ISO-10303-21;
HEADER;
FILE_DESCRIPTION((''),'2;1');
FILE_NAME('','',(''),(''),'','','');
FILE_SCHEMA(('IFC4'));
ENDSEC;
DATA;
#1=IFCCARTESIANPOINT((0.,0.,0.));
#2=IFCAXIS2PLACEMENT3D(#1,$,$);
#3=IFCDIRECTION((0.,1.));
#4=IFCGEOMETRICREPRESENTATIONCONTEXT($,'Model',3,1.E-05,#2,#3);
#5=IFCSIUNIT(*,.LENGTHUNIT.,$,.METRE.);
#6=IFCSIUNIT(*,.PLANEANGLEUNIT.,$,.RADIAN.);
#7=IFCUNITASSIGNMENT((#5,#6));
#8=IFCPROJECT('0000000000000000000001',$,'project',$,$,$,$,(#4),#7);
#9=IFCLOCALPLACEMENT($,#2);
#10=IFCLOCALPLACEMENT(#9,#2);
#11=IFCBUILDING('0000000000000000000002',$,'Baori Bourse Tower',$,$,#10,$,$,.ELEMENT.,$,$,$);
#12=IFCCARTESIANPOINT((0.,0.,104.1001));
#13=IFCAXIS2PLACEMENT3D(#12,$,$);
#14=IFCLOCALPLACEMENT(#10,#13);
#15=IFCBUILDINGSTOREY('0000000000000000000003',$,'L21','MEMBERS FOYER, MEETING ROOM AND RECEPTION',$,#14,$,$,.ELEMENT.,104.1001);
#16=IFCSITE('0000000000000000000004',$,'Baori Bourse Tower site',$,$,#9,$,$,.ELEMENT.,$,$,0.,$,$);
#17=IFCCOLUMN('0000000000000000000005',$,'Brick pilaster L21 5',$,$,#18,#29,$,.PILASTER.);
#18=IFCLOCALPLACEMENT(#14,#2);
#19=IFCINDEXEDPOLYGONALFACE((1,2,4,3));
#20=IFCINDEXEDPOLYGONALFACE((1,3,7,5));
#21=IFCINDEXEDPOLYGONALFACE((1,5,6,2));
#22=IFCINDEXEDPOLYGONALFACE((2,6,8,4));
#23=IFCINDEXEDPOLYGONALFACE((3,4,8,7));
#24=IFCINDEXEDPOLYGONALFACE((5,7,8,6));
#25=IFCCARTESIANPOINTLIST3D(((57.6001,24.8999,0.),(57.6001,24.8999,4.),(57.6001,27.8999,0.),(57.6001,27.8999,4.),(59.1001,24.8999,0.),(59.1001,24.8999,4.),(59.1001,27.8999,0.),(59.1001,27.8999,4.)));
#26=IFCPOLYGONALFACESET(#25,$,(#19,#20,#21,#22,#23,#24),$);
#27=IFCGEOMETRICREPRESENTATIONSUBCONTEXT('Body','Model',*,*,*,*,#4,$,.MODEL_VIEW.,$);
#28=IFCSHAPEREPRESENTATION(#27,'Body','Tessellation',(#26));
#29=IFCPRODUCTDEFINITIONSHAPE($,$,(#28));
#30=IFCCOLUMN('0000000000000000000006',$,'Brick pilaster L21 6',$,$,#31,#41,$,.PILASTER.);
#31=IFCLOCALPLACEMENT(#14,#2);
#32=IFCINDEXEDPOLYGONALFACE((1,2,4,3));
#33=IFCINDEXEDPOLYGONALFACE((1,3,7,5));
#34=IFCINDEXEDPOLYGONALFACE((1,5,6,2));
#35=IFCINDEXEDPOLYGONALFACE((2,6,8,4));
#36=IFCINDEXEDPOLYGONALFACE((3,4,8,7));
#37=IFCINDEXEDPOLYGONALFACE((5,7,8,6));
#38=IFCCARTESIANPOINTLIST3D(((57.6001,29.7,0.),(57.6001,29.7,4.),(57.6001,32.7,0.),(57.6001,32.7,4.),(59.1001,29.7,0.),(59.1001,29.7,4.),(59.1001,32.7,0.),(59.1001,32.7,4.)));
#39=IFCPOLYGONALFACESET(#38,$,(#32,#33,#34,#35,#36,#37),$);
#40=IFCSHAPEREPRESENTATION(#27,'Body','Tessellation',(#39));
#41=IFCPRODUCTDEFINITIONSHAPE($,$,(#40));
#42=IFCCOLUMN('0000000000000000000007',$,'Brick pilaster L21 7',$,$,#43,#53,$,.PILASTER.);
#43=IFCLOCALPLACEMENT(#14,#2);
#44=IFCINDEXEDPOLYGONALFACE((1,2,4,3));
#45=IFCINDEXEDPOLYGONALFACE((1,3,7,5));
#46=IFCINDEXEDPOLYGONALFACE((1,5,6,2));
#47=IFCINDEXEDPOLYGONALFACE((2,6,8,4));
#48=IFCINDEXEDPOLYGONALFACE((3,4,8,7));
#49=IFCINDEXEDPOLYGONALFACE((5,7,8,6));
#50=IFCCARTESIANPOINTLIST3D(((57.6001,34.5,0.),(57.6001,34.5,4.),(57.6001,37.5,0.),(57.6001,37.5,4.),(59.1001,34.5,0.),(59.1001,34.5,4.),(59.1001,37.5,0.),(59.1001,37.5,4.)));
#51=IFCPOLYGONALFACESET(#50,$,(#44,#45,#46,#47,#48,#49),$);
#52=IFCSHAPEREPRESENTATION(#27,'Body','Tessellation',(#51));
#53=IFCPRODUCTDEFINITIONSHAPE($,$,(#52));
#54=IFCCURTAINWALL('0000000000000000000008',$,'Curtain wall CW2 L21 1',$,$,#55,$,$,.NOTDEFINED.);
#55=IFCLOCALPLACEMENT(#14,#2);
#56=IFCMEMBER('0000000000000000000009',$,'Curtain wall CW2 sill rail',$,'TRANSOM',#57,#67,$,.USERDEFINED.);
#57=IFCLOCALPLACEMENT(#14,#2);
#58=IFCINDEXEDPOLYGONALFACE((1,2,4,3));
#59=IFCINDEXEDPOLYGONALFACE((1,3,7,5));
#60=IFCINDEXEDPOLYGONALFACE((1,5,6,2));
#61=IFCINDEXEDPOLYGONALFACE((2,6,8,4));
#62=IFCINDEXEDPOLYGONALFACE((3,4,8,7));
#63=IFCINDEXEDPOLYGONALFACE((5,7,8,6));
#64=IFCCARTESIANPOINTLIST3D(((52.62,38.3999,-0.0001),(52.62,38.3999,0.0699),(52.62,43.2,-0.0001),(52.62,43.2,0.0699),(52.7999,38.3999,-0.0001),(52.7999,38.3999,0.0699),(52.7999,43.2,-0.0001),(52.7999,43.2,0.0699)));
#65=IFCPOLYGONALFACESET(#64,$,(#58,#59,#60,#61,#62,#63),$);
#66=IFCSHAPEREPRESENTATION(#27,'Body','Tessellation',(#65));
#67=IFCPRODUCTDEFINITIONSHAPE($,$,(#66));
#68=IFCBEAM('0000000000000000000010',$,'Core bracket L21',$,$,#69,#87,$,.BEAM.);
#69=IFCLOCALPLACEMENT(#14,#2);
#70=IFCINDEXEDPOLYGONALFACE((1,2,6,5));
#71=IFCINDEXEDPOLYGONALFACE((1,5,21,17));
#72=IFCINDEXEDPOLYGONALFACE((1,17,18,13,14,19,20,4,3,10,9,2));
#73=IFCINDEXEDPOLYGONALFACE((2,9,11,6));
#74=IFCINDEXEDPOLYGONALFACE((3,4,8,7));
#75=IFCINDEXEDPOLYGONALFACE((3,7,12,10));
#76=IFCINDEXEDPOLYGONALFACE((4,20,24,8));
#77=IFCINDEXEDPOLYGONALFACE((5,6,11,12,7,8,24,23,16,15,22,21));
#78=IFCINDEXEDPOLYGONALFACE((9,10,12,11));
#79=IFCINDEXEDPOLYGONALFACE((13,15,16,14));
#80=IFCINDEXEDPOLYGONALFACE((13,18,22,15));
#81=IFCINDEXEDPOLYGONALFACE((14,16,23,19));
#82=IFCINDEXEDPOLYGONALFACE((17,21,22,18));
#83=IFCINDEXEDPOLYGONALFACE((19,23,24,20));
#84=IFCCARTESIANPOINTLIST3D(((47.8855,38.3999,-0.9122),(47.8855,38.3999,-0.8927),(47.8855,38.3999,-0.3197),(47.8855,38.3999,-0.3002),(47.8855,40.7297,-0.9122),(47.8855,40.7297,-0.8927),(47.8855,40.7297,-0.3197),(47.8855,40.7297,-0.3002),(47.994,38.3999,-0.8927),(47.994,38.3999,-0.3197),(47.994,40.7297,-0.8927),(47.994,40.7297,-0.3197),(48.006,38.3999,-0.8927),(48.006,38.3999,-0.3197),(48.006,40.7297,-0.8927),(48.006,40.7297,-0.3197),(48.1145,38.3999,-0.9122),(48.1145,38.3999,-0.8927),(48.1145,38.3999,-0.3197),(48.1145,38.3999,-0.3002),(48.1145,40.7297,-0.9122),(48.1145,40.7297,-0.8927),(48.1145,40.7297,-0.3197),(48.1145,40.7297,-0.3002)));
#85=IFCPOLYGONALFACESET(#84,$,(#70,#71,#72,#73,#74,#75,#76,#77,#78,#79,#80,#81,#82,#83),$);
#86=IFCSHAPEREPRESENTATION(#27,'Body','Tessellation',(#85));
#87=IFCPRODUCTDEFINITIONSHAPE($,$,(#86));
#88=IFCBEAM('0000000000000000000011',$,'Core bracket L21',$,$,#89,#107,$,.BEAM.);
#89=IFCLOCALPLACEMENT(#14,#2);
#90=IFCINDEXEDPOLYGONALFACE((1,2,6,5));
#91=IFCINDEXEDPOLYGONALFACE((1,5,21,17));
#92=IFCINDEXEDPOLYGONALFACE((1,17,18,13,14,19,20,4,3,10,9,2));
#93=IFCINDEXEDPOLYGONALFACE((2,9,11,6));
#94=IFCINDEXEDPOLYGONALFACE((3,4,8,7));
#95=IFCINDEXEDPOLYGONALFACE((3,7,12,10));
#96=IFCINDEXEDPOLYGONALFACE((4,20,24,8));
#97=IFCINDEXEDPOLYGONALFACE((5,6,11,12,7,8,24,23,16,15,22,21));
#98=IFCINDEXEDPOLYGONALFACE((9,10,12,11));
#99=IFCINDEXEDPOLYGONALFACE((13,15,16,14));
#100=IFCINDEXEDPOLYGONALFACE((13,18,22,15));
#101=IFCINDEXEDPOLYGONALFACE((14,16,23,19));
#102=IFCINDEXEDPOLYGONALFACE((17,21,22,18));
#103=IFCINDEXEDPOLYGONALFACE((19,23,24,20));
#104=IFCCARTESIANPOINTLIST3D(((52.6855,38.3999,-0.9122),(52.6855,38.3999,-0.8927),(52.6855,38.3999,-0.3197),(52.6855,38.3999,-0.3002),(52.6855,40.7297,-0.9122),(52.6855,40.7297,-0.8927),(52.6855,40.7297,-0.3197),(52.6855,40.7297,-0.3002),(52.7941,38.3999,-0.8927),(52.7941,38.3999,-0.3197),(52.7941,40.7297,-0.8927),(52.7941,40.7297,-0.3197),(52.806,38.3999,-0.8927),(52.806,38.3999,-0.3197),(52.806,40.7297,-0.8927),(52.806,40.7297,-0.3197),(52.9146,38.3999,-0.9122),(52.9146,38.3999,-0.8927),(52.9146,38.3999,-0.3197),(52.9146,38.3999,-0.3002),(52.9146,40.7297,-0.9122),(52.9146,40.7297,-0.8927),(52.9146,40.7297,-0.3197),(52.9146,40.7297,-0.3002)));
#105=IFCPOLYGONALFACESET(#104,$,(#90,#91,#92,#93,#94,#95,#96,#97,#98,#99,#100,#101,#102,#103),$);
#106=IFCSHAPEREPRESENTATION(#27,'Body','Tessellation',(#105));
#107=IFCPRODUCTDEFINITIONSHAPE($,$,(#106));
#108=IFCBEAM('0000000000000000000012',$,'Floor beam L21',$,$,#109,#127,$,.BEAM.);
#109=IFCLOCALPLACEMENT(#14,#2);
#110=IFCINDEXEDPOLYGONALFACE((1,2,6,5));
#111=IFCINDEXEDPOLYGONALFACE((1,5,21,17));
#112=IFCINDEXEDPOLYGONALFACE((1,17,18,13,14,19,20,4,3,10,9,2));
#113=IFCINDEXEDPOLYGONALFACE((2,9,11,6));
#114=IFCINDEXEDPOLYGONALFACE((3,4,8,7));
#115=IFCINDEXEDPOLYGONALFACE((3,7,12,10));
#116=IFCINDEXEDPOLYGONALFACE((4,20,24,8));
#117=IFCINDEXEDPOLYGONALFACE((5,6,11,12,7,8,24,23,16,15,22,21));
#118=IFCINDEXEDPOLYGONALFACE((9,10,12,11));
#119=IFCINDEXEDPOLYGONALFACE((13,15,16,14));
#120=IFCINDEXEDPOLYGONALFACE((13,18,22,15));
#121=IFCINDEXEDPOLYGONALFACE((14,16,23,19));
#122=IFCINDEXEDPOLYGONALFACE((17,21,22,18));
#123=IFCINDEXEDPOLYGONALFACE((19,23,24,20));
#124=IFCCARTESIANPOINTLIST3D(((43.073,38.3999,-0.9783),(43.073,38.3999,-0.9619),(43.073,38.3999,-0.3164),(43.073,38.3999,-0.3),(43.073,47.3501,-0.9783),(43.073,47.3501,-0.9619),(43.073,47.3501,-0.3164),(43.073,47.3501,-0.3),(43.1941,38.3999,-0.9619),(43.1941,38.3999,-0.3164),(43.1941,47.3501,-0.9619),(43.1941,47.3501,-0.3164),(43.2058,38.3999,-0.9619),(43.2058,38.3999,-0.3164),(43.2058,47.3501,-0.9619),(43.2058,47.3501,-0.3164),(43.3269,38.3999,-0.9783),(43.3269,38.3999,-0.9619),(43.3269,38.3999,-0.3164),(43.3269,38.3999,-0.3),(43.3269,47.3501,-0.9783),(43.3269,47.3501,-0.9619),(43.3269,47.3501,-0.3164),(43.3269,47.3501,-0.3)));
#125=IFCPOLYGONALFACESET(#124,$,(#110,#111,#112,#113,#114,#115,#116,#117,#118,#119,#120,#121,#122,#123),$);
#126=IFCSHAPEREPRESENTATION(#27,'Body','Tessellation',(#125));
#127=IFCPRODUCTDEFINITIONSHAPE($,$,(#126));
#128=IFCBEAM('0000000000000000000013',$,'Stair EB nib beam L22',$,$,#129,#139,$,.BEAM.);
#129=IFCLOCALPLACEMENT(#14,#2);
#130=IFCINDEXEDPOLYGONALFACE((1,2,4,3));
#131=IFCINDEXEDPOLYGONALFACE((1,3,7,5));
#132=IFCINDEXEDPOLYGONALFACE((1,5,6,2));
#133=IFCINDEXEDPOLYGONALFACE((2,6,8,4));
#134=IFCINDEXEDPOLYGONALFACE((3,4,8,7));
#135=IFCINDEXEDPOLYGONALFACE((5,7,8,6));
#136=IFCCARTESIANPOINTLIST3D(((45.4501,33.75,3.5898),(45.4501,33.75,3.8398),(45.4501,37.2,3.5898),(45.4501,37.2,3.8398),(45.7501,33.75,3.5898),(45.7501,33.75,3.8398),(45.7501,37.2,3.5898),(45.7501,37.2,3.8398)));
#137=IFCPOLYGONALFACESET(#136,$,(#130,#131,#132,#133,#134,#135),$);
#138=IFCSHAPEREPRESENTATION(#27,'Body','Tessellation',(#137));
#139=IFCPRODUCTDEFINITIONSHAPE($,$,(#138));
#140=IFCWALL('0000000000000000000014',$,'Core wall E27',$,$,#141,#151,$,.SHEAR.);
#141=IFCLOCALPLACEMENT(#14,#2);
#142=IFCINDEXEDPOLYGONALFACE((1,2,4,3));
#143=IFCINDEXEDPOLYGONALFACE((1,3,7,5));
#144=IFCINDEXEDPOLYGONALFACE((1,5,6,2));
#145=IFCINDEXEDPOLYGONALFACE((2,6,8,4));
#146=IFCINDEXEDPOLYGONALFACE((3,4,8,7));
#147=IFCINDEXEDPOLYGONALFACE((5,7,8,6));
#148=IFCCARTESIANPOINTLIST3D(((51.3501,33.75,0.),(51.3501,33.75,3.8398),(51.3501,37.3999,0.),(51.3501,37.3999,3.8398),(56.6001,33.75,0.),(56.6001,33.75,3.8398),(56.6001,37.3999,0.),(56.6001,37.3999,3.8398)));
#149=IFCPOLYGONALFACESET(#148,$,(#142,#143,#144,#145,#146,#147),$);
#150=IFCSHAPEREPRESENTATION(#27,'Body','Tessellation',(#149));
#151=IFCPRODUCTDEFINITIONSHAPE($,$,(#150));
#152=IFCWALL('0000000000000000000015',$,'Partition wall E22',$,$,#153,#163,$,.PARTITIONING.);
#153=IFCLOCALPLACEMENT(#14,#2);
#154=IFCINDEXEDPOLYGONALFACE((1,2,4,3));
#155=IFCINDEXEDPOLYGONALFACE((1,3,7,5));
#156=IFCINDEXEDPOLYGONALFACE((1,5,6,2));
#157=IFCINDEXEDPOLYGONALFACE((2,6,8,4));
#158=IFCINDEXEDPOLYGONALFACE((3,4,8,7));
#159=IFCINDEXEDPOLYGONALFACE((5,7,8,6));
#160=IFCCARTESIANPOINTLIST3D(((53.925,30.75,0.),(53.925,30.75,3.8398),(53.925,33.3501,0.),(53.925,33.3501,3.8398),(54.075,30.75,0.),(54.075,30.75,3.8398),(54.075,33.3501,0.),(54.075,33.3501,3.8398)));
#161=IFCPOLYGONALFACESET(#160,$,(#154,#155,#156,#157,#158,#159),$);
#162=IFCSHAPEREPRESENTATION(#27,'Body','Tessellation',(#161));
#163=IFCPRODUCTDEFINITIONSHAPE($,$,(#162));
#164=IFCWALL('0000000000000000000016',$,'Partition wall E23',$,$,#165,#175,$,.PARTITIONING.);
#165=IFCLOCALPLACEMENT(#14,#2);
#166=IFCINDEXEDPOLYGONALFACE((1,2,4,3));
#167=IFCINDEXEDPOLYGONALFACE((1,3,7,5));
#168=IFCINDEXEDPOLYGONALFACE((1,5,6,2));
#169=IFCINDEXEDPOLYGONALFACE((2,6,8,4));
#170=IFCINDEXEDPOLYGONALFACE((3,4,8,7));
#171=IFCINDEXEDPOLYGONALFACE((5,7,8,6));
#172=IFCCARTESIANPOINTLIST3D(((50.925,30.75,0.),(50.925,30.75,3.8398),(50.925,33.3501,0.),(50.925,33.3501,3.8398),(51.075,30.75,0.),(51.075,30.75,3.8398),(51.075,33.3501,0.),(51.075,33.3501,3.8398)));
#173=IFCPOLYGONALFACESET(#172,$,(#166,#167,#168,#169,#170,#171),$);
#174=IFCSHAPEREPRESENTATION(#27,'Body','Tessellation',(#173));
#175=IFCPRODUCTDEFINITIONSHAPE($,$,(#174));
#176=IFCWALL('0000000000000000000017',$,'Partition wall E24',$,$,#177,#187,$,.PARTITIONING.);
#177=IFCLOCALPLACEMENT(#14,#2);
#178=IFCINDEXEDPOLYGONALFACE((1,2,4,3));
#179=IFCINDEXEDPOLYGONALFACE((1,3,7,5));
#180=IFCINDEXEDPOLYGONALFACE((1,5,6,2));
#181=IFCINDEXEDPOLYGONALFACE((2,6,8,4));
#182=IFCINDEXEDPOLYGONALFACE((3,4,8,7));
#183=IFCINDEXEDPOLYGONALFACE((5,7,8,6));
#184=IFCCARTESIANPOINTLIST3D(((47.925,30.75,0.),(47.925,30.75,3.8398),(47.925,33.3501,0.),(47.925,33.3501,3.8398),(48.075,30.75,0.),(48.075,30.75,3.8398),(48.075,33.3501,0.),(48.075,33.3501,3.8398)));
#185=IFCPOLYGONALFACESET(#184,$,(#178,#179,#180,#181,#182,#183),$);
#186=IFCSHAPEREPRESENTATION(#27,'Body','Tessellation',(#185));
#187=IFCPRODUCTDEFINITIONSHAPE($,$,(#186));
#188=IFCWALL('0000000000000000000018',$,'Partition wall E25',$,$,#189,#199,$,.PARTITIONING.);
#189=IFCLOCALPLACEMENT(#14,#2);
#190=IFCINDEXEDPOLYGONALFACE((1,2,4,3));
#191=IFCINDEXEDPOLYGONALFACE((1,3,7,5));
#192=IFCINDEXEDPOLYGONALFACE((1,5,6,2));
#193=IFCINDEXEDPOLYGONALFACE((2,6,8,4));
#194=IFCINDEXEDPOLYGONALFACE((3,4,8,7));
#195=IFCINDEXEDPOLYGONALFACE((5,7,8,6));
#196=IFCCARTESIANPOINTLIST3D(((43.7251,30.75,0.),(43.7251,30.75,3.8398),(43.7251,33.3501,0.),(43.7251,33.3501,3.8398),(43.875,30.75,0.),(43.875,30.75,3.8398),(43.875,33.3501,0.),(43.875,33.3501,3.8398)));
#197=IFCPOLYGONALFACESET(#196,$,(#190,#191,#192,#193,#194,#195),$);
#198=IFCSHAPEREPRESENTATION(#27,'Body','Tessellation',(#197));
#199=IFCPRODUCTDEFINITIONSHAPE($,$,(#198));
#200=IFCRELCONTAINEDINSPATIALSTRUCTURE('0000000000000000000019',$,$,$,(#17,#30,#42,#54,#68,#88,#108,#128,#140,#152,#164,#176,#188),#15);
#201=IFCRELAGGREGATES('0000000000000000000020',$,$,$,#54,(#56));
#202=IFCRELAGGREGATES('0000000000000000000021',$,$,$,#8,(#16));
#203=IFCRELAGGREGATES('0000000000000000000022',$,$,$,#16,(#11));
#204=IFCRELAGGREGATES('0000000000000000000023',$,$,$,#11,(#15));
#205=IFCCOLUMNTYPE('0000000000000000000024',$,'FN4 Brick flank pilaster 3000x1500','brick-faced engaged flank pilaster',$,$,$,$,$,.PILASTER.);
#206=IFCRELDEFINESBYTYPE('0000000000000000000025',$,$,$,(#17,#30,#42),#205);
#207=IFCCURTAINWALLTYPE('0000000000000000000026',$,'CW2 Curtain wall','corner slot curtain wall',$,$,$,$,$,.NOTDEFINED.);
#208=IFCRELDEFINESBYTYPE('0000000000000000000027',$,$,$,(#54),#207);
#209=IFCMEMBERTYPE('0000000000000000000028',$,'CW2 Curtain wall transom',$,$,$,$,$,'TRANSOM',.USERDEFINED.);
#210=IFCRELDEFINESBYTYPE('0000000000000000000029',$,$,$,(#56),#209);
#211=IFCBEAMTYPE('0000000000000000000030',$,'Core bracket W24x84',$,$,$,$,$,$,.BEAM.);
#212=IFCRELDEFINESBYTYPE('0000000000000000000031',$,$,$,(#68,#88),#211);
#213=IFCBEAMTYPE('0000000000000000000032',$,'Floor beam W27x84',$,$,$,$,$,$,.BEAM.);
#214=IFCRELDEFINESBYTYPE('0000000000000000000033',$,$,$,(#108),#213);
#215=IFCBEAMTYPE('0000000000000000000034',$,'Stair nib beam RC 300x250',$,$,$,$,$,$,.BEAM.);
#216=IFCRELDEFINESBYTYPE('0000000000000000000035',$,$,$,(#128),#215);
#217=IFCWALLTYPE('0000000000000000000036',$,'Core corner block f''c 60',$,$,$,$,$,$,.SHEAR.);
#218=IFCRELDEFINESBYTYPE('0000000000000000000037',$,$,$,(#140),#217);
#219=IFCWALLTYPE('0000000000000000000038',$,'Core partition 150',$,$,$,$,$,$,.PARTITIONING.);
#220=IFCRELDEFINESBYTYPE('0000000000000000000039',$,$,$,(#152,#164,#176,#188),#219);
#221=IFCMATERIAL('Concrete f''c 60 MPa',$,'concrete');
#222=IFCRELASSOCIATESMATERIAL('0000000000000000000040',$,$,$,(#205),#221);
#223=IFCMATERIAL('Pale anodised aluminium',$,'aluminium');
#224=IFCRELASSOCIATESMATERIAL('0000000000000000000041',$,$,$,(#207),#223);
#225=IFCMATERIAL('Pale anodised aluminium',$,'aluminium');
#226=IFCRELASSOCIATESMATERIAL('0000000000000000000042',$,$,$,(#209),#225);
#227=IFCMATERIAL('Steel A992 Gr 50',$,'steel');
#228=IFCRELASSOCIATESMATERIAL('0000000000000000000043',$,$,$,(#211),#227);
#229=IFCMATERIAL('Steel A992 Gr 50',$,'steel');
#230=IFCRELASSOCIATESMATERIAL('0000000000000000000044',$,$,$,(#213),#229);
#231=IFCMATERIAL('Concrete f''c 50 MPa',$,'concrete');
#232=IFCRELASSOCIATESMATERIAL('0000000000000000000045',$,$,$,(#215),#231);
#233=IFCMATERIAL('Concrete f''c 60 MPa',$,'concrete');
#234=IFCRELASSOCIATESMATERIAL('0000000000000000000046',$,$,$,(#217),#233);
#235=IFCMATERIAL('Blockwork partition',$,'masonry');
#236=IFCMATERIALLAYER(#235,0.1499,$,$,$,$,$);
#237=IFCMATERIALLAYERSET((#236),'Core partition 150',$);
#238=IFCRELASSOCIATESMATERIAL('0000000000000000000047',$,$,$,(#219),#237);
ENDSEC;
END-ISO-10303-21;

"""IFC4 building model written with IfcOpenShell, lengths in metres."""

from ifc_helpers import new_model, si_unit, direction, frame, frame_2d, origin, origin_2d, place, context, subcontext, project, spatial, rectangle, i_section, extrude, material, layer, layer_set, material_profile, profile_set, type_object, element, aggregate, save


model = new_model("IFC4")

# Units and contexts
model_context = context("Model", 3, precision=1e-05, world=origin(), true_north=direction((0.0, 1.0)))
body_context = subcontext(model_context, "Body", "Model", "MODEL_VIEW")
ifc_project = project(units=[si_unit("LENGTHUNIT", "METRE"), si_unit("PLANEANGLEUNIT", "RADIAN")], contexts=[model_context])

# Site, building, storey
site_placement = place(None, origin())
site = spatial("IfcSite", under=ifc_project, at=site_placement, Name="Baori Bourse Tower site", CompositionType="ELEMENT", RefElevation=0.0)
building_placement = place(site_placement, origin())
building = spatial("IfcBuilding", under=site, at=building_placement, Name="Baori Bourse Tower", CompositionType="ELEMENT")
storey_placement = place(building_placement, frame((0.0, 0.0, 104.1001)))
storey = spatial("IfcBuildingStorey", under=building, at=storey_placement, Name="L21", Description="MEMBERS FOYER, MEETING ROOM AND RECEPTION", CompositionType="ELEMENT", Elevation=104.1001)

# Columns
ifc_material_1 = material(Name="Concrete f'c 60 MPa", Category="concrete")
ifc_material_profile_1 = material_profile(ifc_material_1, rectangle(XDim=3.0, YDim=1.5, at=origin_2d()), Name="RC 3000x1500")
ifc_profile_set_1 = profile_set([ifc_material_profile_1], Name="Concrete f'c 60 MPa")
column_type = type_object("IfcColumnType", Name="FN4 Brick flank pilaster 3000x1500", Description="brick-faced engaged flank pilaster", PredefinedType="PILASTER", material=ifc_profile_set_1)
for number, where, z_axis, x_axis, name in (
    (1, (58.3501, 26.3999, 0.0), (0.0, 0.0, 1.0), (0.0, 1.0, 0.0), "Brick pilaster L21 5"),
    (2, (58.3501, 31.2, 0.0), (0.0, 0.0, 1.0), (0.0, 1.0, 0.0), "Brick pilaster L21 6"),
    (3, (58.3501, 36.0, 0.0), (0.0, 0.0, 1.0), (0.0, 1.0, 0.0), "Brick pilaster L21 7"),
):
    element("IfcColumn", number, at=place(storey_placement, frame(where, z_axis=z_axis, x_axis=x_axis)), inside=storey, type_object=column_type, Name=name, PredefinedType="PILASTER", context=body_context, shape_type="SweptSolid", body=[
        extrude(rectangle(XDim=3.0, YDim=1.5, at=origin_2d()), origin(), (0.0, 0.0, 1.0), 4.0),
    ])

# Curtain wall, member
ifc_material_2 = material(Name="Pale anodised aluminium", Category="aluminium")
curtain_wall_type = type_object("IfcCurtainWallType", Name="CW2 Curtain wall", Description="corner slot curtain wall", PredefinedType="NOTDEFINED", material=ifc_material_2)
curtain_wall_placement = place(storey_placement, origin())
curtain_wall = element("IfcCurtainWall", 4, at=curtain_wall_placement, inside=storey, type_object=curtain_wall_type, Name="Curtain wall CW2 L21 1", PredefinedType="NOTDEFINED")
ifc_material_3 = material(Name="Pale anodised aluminium", Category="aluminium")
ifc_material_profile_2 = material_profile(ifc_material_3, rectangle(XDim=0.1799, YDim=0.0701, at=origin_2d()), Name="Transom 70x180")
ifc_profile_set_2 = profile_set([ifc_material_profile_2], Name="Pale anodised aluminium")
member_type = type_object("IfcMemberType", Name="CW2 Curtain wall transom", ElementType="TRANSOM", PredefinedType="USERDEFINED", material=ifc_profile_set_2)
member_placement = place(storey_placement, frame((52.71, 38.3999, 0.0349), z_axis=(0.0, 1.0, 0.0), x_axis=(-1.0, 0.0, 0.0)))
member = element("IfcMember", 5, at=member_placement, type_object=member_type, Name="Curtain wall CW2 sill rail", ObjectType="TRANSOM", PredefinedType="USERDEFINED", context=body_context, shape_type="SweptSolid", body=[
    extrude(rectangle(XDim=0.1799, YDim=0.0701, at=origin_2d()), origin(), (0.0, 0.0, 1.0), 4.8),
])
aggregate(curtain_wall, [member])

# Beams
ifc_material_4 = material(Name="Steel A992 Gr 50", Category="steel")
ifc_material_profile_3 = material_profile(ifc_material_4, i_section(OverallWidth=0.229, OverallDepth=0.6121, WebThickness=0.012, FlangeThickness=0.0195, at=origin_2d()), Name="W24x84")
ifc_profile_set_3 = profile_set([ifc_material_profile_3], Name="Steel A992 Gr 50")
beam_type_1 = type_object("IfcBeamType", Name="Core bracket W24x84", PredefinedType="BEAM", material=ifc_profile_set_3)
for number, where, z_axis, x_axis, name in (
    (6, (48.0, 38.3999, -0.6062), (0.0, 1.0, 0.0), (-1.0, 0.0, 0.0), "Core bracket L21"),
    (7, (52.8, 38.3999, -0.6062), (0.0, 1.0, 0.0), (-1.0, 0.0, 0.0), "Core bracket L21"),
):
    element("IfcBeam", number, at=place(storey_placement, frame(where, z_axis=z_axis, x_axis=x_axis)), inside=storey, type_object=beam_type_1, Name=name, PredefinedType="BEAM", context=body_context, shape_type="SweptSolid", body=[
        extrude(i_section(OverallWidth=0.229, OverallDepth=0.6121, WebThickness=0.012, FlangeThickness=0.0195, at=origin_2d()), origin(), (0.0, 0.0, 1.0), 2.3298),
    ])
ifc_material_5 = material(Name="Steel A992 Gr 50", Category="steel")
ifc_material_profile_4 = material_profile(ifc_material_5, i_section(OverallWidth=0.2539, OverallDepth=0.6782, WebThickness=0.0117, FlangeThickness=0.0164, at=origin_2d()), Name="W27x84")
ifc_profile_set_4 = profile_set([ifc_material_profile_4], Name="Steel A992 Gr 50")
beam_type_2 = type_object("IfcBeamType", Name="Floor beam W27x84", PredefinedType="BEAM", material=ifc_profile_set_4)
beam_1_placement = place(storey_placement, frame((43.2, 38.3999, -0.6392), z_axis=(0.0, 1.0, 0.0), x_axis=(-1.0, 0.0, 0.0)))
element("IfcBeam", 8, at=beam_1_placement, inside=storey, type_object=beam_type_2, Name="Floor beam L21", PredefinedType="BEAM", context=body_context, shape_type="SweptSolid", body=[
    extrude(i_section(OverallWidth=0.2539, OverallDepth=0.6782, WebThickness=0.0117, FlangeThickness=0.0164, at=origin_2d()), origin(), (0.0, 0.0, 1.0), 8.9502),
])
ifc_material_6 = material(Name="Concrete f'c 50 MPa", Category="concrete")
ifc_material_profile_5 = material_profile(ifc_material_6, rectangle(XDim=0.3, YDim=0.25, at=origin_2d()), Name="RC 300x250")
ifc_profile_set_5 = profile_set([ifc_material_profile_5], Name="Concrete f'c 50 MPa")
beam_type_3 = type_object("IfcBeamType", Name="Stair nib beam RC 300x250", PredefinedType="BEAM", material=ifc_profile_set_5)
beam_2_placement = place(storey_placement, frame((45.6001, 33.75, 3.7148), z_axis=(0.0, 1.0, 0.0), x_axis=(-1.0, 0.0, 0.0)))
element("IfcBeam", 9, at=beam_2_placement, inside=storey, type_object=beam_type_3, Name="Stair EB nib beam L22", PredefinedType="BEAM", context=body_context, shape_type="SweptSolid", body=[
    extrude(rectangle(XDim=0.3, YDim=0.25, at=origin_2d()), origin(), (0.0, 0.0, 1.0), 3.45),
])

# Walls
ifc_material_7 = material(Name="Concrete f'c 60 MPa", Category="concrete")
wall_type_1 = type_object("IfcWallType", Name="Core corner block f'c 60", PredefinedType="SHEAR", material=ifc_material_7)
wall_1_placement = place(storey_placement, frame((51.3501, 35.575, 0.0), z_axis=(0.0, 0.0, 1.0), x_axis=(1.0, 0.0, 0.0)))
element("IfcWall", 10, at=wall_1_placement, inside=storey, type_object=wall_type_1, Name="Core wall E27", PredefinedType="SHEAR", context=body_context, shape_type="SweptSolid", body=[
    extrude(rectangle(XDim=5.25, YDim=3.6499, at=frame_2d((2.625, 0.0))), origin(), (0.0, 0.0, 1.0), 3.8398),
])
ifc_material_8 = material(Name="Blockwork partition", Category="masonry")
ifc_layer_1 = layer(ifc_material_8, 0.1499)
ifc_layer_set_1 = layer_set([ifc_layer_1], Name="Core partition 150")
wall_type_2 = type_object("IfcWallType", Name="Core partition 150", PredefinedType="PARTITIONING", material=ifc_layer_set_1)
for number, where, z_axis, x_axis, name in (
    (11, (54.0, 30.75, 0.0), (0.0, 0.0, 1.0), (0.0, 1.0, 0.0), "Partition wall E22"),
    (12, (51.0, 30.75, 0.0), (0.0, 0.0, 1.0), (0.0, 1.0, 0.0), "Partition wall E23"),
    (13, (48.0, 30.75, 0.0), (0.0, 0.0, 1.0), (0.0, 1.0, 0.0), "Partition wall E24"),
    (14, (43.8, 30.75, 0.0), (0.0, 0.0, 1.0), (0.0, 1.0, 0.0), "Partition wall E25"),
):
    element("IfcWall", number, at=place(storey_placement, frame(where, z_axis=z_axis, x_axis=x_axis)), inside=storey, type_object=wall_type_2, Name=name, PredefinedType="PARTITIONING", context=body_context, shape_type="SweptSolid", body=[
        extrude(rectangle(XDim=2.6001, YDim=0.1499, at=frame_2d((1.3, 0.0))), origin(), (0.0, 0.0, 1.0), 3.8398),
    ])

save(model, "model.ifc")
